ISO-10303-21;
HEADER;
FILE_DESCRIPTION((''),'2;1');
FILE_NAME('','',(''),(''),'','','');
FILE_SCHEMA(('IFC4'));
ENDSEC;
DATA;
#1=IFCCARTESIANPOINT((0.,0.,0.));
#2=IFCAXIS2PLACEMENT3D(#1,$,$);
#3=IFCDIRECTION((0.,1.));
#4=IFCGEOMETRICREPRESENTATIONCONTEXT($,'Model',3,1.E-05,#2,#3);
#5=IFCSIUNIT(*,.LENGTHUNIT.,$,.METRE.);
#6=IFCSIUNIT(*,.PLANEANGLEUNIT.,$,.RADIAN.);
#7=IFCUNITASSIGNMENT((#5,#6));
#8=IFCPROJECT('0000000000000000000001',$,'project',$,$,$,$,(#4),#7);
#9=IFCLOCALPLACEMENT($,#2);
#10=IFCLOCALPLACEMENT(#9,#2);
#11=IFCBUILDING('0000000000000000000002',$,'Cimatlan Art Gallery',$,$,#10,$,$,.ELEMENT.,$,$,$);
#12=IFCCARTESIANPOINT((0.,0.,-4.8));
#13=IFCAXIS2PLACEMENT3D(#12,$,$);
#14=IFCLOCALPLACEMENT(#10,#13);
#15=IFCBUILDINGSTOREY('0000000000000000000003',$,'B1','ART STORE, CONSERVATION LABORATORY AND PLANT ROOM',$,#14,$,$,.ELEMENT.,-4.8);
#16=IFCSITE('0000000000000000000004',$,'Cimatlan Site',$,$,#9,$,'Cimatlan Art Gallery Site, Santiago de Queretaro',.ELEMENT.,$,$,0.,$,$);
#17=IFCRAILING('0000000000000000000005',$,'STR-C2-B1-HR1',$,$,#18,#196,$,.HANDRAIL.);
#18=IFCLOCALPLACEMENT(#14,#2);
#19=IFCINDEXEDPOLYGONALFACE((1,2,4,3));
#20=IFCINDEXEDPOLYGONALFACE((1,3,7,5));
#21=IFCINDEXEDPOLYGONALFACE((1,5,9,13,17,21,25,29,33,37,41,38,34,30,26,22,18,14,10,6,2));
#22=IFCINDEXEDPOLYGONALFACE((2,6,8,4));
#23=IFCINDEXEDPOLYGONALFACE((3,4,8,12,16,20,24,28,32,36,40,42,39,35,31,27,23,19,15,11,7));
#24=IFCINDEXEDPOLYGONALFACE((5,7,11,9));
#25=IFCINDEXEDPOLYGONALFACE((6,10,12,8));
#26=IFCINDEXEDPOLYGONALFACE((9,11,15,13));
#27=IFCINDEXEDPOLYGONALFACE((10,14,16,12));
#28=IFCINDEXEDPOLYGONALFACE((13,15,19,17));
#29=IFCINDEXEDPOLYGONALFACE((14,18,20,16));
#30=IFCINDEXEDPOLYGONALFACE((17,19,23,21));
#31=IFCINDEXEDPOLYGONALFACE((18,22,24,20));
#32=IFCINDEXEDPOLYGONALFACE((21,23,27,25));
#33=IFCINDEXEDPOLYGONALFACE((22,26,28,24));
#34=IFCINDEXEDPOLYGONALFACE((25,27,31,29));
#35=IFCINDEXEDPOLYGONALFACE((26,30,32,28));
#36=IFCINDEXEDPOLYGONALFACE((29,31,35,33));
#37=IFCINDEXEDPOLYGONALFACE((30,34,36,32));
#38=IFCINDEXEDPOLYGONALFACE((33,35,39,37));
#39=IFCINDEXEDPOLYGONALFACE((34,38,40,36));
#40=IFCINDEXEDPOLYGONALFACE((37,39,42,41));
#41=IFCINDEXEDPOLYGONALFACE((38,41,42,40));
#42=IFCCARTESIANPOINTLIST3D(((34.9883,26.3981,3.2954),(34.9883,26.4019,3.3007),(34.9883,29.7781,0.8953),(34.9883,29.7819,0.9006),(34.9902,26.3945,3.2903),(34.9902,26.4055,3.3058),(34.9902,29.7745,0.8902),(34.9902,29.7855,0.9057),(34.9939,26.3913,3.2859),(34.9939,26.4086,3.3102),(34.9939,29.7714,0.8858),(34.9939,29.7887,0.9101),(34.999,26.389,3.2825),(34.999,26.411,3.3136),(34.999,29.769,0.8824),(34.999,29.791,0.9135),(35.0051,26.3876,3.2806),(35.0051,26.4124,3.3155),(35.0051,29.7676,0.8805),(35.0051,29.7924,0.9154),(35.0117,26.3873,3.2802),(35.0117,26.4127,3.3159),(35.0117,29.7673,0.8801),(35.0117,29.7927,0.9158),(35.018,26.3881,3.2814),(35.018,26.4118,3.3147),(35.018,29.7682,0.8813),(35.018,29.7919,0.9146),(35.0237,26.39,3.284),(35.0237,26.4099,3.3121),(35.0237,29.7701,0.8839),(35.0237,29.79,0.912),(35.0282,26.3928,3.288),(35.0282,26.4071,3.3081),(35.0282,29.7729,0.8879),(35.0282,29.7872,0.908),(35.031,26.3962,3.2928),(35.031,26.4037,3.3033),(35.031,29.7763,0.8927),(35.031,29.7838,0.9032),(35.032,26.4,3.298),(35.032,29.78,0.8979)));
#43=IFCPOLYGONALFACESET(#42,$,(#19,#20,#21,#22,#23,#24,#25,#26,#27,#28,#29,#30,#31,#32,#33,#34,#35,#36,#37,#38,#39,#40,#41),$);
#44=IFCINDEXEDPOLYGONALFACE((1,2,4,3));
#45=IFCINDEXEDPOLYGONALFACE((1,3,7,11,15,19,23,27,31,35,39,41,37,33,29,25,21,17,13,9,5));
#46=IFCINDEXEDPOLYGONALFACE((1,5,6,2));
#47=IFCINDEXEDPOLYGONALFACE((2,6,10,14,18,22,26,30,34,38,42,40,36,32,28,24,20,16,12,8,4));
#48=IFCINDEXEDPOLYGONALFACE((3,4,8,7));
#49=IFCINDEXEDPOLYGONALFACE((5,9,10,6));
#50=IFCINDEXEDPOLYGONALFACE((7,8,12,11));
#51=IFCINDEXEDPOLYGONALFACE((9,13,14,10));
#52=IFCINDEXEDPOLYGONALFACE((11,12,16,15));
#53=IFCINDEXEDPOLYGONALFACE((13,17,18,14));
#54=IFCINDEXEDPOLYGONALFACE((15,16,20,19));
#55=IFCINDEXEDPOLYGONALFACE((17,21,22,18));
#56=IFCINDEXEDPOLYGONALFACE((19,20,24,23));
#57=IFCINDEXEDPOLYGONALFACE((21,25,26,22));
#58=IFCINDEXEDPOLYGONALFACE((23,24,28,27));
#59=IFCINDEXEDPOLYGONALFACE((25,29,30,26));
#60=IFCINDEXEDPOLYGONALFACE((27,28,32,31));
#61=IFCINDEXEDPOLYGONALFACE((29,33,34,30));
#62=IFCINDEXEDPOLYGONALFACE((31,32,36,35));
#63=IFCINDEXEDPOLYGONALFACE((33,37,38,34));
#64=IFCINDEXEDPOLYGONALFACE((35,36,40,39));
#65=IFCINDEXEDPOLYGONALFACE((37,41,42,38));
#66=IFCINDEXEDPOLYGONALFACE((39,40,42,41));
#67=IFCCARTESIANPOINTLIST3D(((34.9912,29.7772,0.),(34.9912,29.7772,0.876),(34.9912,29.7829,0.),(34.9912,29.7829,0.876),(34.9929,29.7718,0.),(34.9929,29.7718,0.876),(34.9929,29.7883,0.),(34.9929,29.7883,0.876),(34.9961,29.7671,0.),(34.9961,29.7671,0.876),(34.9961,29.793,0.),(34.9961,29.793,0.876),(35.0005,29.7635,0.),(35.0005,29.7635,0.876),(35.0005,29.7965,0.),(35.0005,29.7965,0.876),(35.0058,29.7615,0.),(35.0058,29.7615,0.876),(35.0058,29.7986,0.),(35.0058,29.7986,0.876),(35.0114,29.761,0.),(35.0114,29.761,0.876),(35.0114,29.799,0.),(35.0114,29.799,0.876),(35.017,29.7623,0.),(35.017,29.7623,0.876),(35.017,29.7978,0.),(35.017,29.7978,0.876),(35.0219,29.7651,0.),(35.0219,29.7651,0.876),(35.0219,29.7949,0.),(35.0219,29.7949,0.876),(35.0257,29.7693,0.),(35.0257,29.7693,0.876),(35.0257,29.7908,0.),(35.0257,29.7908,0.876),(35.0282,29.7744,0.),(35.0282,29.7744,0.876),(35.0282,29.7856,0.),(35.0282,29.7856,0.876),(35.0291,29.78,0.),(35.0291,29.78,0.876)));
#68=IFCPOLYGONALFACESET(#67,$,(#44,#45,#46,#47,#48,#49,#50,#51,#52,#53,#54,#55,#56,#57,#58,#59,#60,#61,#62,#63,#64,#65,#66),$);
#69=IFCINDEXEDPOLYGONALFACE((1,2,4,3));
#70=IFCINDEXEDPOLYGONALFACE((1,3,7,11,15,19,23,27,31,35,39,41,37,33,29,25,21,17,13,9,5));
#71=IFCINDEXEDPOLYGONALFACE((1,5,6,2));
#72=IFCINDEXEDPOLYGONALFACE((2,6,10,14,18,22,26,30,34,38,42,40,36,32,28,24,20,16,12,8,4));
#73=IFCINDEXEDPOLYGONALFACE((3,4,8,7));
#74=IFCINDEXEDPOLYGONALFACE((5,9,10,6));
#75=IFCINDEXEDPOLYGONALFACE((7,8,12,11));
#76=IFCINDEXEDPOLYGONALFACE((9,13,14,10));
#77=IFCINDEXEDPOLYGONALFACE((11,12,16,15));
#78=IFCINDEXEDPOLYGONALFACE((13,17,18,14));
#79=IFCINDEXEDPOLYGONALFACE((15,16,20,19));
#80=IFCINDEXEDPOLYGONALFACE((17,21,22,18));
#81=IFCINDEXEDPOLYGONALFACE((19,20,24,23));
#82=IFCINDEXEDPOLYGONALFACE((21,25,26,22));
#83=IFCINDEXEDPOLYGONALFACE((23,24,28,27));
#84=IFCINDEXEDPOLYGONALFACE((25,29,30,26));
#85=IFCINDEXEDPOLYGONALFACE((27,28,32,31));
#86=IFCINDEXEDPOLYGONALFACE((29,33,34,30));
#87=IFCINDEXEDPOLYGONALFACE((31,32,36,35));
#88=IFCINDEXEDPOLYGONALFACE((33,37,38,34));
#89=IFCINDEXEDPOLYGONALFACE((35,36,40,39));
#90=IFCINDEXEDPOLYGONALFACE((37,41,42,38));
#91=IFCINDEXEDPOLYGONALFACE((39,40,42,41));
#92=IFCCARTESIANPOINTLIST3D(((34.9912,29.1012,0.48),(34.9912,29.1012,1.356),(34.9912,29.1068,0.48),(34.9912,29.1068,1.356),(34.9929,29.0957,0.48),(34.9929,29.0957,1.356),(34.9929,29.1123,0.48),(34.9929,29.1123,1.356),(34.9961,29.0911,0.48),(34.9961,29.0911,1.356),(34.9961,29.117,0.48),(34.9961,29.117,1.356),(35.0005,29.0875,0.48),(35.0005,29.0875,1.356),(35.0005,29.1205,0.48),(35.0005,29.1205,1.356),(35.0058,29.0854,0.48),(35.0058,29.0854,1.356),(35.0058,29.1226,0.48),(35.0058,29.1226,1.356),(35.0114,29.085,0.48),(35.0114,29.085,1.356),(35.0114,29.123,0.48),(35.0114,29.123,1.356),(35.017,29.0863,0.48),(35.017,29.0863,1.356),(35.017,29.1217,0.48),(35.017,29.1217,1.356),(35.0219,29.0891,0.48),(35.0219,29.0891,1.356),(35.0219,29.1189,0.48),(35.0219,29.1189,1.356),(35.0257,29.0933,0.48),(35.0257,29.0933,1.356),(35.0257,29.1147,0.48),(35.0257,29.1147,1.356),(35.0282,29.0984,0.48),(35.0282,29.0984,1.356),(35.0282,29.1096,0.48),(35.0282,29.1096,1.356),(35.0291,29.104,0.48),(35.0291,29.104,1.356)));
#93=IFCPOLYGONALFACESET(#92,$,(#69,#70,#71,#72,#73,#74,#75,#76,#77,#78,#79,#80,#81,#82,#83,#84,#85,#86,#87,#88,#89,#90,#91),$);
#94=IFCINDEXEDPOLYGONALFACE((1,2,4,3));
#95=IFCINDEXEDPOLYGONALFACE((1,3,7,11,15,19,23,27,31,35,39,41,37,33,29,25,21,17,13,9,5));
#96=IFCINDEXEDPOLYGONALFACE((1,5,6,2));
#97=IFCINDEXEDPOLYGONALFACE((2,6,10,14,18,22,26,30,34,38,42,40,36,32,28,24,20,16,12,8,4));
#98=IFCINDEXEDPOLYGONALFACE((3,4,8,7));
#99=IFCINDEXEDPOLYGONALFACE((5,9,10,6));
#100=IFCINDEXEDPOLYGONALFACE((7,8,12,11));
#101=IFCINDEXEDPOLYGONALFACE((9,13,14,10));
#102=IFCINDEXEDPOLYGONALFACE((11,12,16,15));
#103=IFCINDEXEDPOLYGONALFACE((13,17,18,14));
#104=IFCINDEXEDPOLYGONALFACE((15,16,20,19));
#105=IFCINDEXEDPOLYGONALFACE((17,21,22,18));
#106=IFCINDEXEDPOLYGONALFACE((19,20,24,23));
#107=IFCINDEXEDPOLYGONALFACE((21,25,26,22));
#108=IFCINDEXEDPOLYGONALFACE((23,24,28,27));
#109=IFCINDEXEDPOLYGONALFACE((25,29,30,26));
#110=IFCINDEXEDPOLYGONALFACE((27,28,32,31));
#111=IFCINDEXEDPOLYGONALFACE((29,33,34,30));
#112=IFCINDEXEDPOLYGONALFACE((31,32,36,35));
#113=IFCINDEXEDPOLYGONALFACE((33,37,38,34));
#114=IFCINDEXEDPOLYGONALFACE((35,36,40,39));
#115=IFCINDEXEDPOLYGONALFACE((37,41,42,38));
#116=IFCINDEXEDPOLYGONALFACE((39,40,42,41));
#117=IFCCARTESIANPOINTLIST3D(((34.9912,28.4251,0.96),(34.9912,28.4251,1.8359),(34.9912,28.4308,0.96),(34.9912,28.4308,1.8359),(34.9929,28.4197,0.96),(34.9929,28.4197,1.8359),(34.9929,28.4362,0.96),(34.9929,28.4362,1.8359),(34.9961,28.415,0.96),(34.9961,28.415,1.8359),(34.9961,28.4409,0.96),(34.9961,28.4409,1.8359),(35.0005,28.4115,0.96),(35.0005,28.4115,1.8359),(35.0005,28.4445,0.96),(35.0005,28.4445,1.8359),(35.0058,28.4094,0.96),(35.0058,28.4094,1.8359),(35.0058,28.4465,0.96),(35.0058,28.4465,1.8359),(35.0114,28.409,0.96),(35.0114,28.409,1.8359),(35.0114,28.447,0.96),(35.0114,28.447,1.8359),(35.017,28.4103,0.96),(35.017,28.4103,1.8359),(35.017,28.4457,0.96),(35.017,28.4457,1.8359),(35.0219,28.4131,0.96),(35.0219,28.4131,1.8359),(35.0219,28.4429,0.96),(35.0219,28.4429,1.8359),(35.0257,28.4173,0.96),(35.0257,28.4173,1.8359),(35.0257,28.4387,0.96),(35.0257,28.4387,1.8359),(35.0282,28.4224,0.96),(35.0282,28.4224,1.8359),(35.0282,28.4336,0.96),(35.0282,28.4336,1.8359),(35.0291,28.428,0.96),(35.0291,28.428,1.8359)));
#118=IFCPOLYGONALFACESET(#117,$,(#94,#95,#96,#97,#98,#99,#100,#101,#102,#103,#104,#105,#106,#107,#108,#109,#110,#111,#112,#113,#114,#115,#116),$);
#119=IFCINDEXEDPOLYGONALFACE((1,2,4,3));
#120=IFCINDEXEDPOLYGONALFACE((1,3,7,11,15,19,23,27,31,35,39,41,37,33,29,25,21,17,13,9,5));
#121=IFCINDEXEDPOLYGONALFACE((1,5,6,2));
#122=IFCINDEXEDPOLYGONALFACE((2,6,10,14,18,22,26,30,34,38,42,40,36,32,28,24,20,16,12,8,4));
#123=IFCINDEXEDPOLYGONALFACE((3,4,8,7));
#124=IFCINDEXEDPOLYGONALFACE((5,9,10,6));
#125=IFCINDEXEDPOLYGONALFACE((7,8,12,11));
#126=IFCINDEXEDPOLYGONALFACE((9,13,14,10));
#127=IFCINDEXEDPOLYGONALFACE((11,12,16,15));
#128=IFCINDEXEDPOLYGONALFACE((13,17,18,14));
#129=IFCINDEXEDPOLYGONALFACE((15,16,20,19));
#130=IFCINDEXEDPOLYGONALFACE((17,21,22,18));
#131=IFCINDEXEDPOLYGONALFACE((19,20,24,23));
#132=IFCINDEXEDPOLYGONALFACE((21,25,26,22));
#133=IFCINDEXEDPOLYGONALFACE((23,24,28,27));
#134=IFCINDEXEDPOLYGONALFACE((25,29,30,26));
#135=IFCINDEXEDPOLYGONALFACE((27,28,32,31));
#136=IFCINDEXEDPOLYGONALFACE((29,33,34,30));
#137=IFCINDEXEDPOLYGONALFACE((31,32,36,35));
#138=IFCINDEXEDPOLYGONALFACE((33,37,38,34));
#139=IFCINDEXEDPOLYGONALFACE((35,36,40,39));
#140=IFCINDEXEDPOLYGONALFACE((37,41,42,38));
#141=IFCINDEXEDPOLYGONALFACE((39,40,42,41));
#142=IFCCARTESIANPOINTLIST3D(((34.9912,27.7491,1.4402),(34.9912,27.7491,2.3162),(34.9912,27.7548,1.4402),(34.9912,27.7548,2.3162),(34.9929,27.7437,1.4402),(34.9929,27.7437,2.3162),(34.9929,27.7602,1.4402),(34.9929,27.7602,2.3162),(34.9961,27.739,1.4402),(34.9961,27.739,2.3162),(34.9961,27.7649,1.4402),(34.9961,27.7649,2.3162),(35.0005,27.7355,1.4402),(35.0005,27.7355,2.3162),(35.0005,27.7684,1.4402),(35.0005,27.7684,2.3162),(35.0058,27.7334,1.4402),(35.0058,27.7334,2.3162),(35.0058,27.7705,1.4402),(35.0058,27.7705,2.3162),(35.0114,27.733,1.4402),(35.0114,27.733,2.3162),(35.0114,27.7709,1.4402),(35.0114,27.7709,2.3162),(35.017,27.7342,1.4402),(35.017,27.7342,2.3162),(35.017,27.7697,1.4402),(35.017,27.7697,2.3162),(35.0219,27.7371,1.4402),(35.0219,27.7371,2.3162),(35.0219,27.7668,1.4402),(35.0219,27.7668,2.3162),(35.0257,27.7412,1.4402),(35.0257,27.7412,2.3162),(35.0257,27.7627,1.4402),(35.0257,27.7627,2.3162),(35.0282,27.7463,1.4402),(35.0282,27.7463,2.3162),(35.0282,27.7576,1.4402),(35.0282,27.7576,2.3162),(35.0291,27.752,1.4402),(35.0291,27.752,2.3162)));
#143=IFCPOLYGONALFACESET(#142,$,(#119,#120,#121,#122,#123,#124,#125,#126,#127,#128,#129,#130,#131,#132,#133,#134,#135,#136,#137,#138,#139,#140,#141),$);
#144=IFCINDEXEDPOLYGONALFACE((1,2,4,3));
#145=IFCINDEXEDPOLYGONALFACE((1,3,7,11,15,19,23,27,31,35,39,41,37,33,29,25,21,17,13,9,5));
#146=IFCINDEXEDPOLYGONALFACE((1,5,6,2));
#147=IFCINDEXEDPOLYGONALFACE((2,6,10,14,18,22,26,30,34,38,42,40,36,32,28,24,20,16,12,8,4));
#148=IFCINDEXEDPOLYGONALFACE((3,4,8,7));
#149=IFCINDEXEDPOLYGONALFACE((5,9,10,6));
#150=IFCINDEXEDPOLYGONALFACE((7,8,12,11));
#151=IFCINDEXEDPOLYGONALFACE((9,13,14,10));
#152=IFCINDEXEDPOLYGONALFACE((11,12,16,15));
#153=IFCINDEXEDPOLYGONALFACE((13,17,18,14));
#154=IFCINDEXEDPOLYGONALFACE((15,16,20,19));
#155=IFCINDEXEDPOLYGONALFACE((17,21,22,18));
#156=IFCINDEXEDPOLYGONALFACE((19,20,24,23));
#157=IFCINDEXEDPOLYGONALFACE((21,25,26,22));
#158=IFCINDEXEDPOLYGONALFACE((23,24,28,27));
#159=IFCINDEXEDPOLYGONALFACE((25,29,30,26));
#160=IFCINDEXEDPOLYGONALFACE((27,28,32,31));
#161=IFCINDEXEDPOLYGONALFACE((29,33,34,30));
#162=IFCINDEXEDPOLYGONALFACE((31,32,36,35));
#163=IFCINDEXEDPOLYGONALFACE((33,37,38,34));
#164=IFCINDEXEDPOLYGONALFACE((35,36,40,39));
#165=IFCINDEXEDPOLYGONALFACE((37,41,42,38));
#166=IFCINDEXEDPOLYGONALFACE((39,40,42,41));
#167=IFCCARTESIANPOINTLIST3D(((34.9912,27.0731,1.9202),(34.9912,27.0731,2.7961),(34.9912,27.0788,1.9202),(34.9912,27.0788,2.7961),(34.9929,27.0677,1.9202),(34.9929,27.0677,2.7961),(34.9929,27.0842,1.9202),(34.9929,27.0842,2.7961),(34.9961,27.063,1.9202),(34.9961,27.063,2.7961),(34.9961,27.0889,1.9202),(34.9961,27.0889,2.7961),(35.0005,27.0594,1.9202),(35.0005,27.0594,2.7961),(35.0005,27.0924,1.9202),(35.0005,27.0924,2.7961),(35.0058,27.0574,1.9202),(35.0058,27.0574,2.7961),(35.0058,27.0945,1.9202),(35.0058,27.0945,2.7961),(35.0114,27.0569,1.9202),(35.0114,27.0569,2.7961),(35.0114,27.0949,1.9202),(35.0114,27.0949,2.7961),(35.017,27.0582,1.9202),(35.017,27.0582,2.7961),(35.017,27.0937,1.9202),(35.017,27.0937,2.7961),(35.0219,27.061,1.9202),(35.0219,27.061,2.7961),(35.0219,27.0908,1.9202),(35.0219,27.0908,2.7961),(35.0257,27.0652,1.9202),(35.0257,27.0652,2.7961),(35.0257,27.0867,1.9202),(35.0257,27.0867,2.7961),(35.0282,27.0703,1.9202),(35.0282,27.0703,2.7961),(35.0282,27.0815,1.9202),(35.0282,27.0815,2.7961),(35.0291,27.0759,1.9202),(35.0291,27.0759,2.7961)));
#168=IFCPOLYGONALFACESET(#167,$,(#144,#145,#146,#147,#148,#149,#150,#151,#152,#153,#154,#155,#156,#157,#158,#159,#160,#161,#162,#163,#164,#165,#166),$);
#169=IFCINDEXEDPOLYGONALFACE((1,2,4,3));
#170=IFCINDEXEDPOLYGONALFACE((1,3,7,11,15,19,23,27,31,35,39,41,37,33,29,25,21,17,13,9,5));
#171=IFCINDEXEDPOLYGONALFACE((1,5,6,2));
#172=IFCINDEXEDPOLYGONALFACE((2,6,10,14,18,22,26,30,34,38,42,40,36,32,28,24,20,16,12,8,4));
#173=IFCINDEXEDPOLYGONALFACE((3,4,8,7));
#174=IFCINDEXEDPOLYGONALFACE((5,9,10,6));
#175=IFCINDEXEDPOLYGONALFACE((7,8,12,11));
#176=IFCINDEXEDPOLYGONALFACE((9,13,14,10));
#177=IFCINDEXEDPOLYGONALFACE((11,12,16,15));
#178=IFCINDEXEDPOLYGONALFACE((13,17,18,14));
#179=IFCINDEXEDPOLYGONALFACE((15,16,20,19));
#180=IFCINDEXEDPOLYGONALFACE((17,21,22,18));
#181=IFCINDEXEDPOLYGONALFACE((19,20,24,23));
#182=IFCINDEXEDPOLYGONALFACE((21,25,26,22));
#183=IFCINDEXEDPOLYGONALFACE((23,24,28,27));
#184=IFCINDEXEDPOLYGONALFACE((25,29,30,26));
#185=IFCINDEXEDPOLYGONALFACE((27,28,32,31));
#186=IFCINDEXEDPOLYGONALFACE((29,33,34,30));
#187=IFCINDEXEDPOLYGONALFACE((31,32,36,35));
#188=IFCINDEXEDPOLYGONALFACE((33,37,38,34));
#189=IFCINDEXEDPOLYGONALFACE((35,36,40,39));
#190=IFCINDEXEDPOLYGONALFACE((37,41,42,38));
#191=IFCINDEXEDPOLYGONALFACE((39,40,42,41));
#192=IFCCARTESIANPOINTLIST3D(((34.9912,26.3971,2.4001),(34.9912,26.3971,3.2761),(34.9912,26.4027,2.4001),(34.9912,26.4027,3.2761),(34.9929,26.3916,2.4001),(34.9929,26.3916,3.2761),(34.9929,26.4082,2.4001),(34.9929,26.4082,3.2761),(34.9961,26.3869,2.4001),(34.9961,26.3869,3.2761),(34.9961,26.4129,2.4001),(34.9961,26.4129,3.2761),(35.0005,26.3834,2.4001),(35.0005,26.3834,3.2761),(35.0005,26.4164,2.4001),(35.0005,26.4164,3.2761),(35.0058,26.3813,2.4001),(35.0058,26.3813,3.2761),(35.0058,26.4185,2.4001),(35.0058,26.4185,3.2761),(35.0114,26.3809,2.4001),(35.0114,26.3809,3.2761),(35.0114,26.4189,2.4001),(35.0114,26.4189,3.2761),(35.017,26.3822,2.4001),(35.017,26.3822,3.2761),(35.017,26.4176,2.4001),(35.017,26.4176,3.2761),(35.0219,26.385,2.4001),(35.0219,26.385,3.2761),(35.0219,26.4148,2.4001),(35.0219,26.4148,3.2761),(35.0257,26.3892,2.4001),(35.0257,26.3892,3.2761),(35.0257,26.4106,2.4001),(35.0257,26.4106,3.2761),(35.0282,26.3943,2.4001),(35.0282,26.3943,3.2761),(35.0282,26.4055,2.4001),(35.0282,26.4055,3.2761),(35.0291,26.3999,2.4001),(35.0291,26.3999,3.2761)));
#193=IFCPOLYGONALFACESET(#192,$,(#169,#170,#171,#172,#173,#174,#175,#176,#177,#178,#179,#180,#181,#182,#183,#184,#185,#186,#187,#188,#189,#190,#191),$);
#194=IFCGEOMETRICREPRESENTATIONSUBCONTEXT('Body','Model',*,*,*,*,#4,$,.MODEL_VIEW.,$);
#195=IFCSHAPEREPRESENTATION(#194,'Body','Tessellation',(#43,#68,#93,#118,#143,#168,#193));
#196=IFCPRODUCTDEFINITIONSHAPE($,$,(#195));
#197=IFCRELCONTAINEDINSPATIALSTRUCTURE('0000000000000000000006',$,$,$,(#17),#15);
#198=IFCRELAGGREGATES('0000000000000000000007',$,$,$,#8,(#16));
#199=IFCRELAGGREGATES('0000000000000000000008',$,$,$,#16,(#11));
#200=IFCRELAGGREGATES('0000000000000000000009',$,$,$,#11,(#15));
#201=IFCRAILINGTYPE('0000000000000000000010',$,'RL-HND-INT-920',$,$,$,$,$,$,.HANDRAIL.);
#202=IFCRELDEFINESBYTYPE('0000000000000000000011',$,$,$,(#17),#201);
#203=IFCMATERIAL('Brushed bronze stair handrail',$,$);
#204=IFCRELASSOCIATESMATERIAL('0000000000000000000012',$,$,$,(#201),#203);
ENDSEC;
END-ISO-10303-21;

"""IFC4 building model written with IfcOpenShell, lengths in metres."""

from ifc_helpers import new_model, si_unit, direction, frame, origin, origin_2d, place, context, subcontext, project, spatial, circle, extrude, material, type_object, element, save


model = new_model("IFC4")

# Units and contexts
model_context = context("Model", 3, precision=1e-05, world=origin(), true_north=direction((0.0, 1.0)))
body_context = subcontext(model_context, "Body", "Model", "MODEL_VIEW")
ifc_project = project(units=[si_unit("LENGTHUNIT", "METRE"), si_unit("PLANEANGLEUNIT", "RADIAN")], contexts=[model_context])

# Site, building, storey
site_placement = place(None, origin())
site = spatial("IfcSite", under=ifc_project, at=site_placement, Name="Cimatlan Site", LongName="Cimatlan Art Gallery Site, Santiago de Queretaro", CompositionType="ELEMENT", RefElevation=0.0)
building_placement = place(site_placement, origin())
building = spatial("IfcBuilding", under=site, at=building_placement, Name="Cimatlan Art Gallery", CompositionType="ELEMENT")
storey_placement = place(building_placement, frame((0.0, 0.0, -4.8)))
storey = spatial("IfcBuildingStorey", under=building, at=storey_placement, Name="B1", Description="ART STORE, CONSERVATION LABORATORY AND PLANT ROOM", CompositionType="ELEMENT", Elevation=-4.8)

# Railing
ifc_material_1 = material(Name="Brushed bronze stair handrail")
railing_type_1 = type_object("IfcRailingType", Name="RL-HND-INT-920", PredefinedType="HANDRAIL", material=ifc_material_1)
railing_1_placement = place(storey_placement, frame((35.01, 29.78, 0.0)))
element("IfcRailing", 1, at=railing_1_placement, inside=storey, type_object=railing_type_1, Name="STR-C2-B1-HR1", PredefinedType="HANDRAIL", context=body_context, shape_type="SweptSolid", body=[
    extrude(circle(Radius=0.022, at=origin_2d()), frame((0.0, 0.0, 0.8979), z_axis=(0.0, -0.815354, 0.578963), x_axis=(1.0, 0.0, 0.0)), (0.0, 0.0, 1.0), 4.1455),
    extrude(circle(Radius=0.019, at=origin_2d()), origin(), (0.0, 0.0, 1.0), 0.876),
    extrude(circle(Radius=0.019, at=origin_2d()), frame((0.0, -0.676, 0.48)), (0.0, 0.0, 1.0), 0.876),
    extrude(circle(Radius=0.019, at=origin_2d()), frame((0.0, -1.3521, 0.96)), (0.0, 0.0, 1.0), 0.876),
    extrude(circle(Radius=0.019, at=origin_2d()), frame((0.0, -2.0281, 1.4402)), (0.0, 0.0, 1.0), 0.876),
    extrude(circle(Radius=0.019, at=origin_2d()), frame((0.0, -2.7041, 1.9202)), (0.0, 0.0, 1.0), 0.876),
    extrude(circle(Radius=0.019, at=origin_2d()), frame((0.0, -3.3801, 2.4001)), (0.0, 0.0, 1.0), 0.876),
])

save(model, "model.ifc")
